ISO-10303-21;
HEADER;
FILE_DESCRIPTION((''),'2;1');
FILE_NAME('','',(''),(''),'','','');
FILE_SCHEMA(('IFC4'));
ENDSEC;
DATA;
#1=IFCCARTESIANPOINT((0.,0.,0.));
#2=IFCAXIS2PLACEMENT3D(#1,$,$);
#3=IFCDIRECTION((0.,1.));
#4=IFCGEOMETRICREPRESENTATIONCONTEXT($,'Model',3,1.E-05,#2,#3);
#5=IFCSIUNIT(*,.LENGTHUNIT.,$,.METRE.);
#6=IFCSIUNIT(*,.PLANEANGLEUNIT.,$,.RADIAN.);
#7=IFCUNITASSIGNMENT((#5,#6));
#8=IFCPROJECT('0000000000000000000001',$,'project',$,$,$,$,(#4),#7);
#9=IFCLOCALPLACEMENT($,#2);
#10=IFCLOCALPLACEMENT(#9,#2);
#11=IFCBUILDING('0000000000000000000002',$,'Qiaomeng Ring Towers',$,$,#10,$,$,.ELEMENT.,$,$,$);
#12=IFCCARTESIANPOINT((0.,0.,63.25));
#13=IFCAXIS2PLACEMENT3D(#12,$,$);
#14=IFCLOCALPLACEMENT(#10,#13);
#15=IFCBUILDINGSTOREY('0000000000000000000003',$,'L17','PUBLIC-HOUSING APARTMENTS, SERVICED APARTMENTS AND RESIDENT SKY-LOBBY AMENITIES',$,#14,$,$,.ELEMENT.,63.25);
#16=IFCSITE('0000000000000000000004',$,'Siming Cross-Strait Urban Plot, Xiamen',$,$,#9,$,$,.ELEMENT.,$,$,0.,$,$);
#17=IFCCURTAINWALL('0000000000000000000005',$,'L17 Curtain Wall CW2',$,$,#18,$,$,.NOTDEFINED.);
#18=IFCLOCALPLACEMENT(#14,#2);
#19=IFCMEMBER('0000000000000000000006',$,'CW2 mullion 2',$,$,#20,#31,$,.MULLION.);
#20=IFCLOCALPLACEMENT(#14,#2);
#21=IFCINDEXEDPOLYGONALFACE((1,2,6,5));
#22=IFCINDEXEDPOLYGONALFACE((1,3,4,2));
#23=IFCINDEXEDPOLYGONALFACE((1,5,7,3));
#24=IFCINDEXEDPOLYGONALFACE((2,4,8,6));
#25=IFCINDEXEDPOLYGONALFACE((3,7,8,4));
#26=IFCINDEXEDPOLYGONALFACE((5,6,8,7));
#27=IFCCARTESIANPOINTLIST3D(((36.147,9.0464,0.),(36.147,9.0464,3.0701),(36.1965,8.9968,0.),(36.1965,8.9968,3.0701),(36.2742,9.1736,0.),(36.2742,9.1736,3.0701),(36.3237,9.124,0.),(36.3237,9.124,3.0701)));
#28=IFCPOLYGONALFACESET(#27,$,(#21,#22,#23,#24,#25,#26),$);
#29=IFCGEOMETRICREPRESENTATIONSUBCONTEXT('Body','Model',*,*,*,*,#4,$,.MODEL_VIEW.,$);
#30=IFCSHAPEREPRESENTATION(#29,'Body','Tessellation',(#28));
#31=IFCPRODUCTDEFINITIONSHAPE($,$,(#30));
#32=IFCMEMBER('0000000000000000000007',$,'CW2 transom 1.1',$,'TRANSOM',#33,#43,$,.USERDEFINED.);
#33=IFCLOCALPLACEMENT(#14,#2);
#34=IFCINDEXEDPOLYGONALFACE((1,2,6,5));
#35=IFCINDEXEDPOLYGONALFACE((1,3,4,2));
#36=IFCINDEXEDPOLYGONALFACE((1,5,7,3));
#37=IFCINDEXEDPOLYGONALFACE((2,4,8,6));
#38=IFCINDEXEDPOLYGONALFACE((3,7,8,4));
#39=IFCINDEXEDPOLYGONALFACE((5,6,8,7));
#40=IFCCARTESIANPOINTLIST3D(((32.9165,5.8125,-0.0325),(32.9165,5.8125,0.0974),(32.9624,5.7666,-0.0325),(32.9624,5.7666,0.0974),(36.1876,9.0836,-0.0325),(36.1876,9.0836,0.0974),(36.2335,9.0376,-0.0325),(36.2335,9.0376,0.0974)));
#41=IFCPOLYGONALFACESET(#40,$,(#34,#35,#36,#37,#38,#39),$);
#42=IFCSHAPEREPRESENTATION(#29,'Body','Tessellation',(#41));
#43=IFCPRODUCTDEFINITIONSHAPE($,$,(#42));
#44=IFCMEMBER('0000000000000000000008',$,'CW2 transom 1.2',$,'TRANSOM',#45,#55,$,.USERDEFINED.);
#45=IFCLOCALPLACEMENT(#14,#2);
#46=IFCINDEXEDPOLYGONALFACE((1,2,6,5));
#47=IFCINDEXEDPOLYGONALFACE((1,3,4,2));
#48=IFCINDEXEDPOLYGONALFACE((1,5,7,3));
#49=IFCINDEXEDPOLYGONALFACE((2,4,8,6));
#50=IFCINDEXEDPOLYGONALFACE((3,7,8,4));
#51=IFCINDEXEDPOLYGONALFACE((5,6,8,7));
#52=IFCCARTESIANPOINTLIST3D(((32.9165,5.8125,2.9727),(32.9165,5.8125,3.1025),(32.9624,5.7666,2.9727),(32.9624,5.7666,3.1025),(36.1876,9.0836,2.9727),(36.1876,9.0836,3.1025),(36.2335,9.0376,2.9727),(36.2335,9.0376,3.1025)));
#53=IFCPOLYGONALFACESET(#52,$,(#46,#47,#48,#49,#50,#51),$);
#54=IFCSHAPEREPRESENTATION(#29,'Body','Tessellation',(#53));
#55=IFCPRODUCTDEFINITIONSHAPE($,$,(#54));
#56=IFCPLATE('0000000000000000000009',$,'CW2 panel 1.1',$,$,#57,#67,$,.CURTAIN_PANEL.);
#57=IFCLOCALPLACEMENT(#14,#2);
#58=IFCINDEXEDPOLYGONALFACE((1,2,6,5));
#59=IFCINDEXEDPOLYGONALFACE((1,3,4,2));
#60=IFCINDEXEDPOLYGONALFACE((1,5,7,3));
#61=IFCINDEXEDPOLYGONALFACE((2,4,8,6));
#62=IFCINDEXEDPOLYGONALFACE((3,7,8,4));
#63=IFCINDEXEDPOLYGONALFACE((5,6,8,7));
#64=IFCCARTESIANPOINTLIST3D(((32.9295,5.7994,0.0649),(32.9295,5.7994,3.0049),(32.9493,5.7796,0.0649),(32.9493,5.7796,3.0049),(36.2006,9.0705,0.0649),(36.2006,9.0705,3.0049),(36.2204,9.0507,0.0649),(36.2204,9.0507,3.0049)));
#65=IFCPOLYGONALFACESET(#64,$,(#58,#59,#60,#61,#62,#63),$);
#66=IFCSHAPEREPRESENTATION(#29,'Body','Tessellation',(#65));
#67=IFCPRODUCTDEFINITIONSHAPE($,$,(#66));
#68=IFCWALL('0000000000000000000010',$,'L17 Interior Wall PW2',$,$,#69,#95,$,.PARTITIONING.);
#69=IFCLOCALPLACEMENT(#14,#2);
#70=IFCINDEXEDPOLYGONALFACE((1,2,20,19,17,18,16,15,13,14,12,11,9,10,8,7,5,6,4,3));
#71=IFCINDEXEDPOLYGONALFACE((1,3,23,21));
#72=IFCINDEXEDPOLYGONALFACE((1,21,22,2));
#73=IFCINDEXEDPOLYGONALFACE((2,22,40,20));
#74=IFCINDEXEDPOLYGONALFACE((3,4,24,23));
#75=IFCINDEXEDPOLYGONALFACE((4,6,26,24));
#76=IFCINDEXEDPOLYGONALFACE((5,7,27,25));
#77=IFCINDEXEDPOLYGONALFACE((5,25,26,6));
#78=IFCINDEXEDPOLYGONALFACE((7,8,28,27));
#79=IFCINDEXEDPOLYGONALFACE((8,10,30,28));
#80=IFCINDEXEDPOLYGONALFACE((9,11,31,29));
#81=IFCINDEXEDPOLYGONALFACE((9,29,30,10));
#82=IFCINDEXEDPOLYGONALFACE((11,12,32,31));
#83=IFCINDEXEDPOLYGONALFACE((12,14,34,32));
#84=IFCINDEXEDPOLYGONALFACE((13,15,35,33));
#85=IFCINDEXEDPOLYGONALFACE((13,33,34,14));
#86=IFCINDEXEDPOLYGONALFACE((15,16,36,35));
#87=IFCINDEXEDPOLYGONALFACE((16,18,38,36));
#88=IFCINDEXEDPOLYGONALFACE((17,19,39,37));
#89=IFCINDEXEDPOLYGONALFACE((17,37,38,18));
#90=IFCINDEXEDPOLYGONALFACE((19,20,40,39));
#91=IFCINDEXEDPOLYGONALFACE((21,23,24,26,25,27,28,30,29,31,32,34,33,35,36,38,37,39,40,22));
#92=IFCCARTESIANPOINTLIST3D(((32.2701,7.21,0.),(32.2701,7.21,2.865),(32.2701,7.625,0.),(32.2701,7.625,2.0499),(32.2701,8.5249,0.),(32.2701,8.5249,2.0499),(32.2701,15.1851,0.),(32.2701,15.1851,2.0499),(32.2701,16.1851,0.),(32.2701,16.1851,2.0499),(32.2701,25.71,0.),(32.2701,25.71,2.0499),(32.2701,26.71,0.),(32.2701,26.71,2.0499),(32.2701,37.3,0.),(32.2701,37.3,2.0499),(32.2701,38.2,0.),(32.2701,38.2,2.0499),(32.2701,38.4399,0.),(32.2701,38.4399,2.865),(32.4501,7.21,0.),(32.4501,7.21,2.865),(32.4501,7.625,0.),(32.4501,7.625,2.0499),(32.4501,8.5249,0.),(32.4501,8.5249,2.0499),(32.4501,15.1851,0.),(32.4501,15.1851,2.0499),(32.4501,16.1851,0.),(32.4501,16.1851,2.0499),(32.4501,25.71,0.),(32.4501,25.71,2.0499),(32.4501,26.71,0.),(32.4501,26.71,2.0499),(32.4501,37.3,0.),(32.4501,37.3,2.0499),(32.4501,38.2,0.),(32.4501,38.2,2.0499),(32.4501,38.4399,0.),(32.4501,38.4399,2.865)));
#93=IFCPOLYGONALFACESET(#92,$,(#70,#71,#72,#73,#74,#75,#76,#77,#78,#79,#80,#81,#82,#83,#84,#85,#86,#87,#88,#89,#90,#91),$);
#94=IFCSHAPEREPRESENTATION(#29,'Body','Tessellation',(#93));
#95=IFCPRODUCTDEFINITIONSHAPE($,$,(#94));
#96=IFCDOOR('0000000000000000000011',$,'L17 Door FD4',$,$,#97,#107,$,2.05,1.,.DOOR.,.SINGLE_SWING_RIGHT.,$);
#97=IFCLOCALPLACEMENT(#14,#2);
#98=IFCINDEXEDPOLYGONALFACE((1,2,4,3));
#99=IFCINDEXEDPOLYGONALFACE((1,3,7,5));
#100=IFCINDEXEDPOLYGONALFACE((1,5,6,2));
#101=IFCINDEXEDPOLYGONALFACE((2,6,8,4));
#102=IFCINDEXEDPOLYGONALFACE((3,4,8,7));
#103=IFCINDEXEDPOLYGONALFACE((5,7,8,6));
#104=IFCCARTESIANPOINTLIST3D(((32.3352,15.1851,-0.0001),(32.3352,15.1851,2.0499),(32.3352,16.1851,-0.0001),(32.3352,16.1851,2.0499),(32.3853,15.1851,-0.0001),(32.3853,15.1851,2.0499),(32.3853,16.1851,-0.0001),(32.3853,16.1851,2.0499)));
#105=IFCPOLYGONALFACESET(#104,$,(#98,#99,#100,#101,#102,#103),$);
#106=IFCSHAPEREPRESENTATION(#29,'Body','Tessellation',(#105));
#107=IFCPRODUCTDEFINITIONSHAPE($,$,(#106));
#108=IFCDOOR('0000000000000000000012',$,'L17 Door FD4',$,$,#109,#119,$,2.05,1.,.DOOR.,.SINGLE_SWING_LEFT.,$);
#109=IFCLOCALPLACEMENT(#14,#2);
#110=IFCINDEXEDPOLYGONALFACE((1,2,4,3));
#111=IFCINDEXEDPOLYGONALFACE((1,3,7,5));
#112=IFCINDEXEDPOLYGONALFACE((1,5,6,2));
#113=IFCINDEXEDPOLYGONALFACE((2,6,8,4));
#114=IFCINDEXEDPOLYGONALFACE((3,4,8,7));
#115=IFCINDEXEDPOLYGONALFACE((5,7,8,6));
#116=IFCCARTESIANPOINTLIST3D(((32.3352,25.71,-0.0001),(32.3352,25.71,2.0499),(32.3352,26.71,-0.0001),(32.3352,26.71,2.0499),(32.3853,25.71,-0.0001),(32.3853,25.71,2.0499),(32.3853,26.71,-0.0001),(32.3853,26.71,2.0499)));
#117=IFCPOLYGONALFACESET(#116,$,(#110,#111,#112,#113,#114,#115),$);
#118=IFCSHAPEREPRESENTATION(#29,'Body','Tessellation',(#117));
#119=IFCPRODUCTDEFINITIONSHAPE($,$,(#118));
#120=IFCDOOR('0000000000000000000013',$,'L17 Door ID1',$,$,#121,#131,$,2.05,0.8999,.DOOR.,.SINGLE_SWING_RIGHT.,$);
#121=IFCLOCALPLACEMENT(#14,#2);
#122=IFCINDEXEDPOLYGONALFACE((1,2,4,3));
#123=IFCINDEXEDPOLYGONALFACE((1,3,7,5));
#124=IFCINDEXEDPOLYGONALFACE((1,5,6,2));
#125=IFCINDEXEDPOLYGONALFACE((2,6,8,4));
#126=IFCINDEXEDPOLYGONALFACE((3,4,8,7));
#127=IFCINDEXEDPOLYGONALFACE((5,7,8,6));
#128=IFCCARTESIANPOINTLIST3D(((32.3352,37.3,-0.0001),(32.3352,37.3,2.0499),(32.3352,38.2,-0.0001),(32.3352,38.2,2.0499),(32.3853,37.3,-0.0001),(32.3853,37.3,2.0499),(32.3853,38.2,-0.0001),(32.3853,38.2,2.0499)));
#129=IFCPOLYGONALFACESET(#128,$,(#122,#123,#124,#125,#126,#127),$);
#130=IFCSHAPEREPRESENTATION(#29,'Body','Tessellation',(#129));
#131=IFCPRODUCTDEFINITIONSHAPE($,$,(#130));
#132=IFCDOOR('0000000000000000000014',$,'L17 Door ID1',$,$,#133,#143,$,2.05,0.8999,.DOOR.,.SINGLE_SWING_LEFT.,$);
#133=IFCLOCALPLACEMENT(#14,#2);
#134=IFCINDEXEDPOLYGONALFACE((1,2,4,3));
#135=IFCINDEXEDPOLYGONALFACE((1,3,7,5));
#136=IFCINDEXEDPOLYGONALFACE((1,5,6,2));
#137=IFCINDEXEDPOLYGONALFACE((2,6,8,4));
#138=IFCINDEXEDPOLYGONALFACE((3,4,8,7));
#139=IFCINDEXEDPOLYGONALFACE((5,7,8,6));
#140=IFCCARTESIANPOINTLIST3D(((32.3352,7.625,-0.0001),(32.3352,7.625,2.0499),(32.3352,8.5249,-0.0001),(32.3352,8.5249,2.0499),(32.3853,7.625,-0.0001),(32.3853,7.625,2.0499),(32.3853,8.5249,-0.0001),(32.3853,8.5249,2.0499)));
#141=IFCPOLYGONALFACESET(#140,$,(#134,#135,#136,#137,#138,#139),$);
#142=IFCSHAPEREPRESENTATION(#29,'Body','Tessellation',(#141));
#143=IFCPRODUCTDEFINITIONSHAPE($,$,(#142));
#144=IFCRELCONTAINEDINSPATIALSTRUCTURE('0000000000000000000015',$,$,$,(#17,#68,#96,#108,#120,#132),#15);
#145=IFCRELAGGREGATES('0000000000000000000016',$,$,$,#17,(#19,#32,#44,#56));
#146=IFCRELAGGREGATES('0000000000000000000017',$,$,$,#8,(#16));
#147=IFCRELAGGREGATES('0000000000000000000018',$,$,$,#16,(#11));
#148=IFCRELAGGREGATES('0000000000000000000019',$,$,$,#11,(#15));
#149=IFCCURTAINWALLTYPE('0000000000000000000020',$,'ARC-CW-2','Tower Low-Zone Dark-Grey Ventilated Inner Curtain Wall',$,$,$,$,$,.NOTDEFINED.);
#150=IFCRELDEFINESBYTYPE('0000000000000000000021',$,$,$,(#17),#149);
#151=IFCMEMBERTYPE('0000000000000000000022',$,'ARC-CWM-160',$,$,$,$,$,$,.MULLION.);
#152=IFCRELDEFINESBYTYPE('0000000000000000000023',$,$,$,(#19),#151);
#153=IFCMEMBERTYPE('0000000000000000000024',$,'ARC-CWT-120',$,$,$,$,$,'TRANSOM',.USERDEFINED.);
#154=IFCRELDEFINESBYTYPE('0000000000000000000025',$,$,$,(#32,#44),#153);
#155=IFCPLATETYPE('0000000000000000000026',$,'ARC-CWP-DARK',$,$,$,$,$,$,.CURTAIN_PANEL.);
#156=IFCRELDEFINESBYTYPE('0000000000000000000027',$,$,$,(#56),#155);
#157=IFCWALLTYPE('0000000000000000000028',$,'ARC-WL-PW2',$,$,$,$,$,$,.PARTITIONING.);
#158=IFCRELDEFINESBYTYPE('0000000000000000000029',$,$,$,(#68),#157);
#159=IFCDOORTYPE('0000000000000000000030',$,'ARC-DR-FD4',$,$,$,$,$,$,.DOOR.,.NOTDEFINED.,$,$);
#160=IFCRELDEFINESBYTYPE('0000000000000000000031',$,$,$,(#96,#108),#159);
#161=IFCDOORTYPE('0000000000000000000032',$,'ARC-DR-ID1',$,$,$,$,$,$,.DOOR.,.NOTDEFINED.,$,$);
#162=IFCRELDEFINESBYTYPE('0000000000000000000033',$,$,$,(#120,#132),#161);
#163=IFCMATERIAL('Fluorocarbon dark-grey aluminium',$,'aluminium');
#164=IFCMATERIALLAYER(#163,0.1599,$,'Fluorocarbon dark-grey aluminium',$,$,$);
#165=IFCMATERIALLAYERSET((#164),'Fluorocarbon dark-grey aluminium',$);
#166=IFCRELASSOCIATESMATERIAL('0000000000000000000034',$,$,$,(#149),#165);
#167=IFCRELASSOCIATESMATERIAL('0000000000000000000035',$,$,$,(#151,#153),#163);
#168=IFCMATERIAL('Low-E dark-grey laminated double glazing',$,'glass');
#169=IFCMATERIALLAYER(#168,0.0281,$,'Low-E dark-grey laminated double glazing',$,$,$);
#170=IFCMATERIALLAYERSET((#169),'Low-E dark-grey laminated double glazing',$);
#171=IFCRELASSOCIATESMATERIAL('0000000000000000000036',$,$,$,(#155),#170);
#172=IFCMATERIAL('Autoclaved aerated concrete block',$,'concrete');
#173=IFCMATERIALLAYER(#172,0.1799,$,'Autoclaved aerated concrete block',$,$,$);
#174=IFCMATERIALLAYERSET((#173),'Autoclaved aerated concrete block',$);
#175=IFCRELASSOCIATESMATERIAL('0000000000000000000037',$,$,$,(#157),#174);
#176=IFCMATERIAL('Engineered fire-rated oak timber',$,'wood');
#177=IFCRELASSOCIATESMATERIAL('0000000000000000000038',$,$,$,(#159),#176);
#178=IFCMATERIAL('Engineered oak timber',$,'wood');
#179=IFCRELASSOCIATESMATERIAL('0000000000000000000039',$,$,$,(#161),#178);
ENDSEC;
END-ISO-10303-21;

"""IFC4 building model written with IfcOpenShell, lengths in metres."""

from ifc_helpers import new_model, si_unit, direction, frame, frame_2d, origin, origin_2d, place, context, subcontext, project, spatial, rectangle, extrude, source, transform, mapped, material, layer, layer_set, material_profile, profile_set, type_object, element, fill, aggregate, save


model = new_model("IFC4")

# Units and contexts
model_context = context("Model", 3, precision=1e-05, world=origin(), true_north=direction((0.0, 1.0)))
body_context = subcontext(model_context, "Body", "Model", "MODEL_VIEW")
ifc_project = project(units=[si_unit("LENGTHUNIT", "METRE"), si_unit("PLANEANGLEUNIT", "RADIAN")], contexts=[model_context])

# Site, building, storey
site_placement = place(None, origin())
site = spatial("IfcSite", under=ifc_project, at=site_placement, Name="Siming Cross-Strait Urban Plot, Xiamen", CompositionType="ELEMENT", RefElevation=0.0)
building_placement = place(site_placement, origin())
building = spatial("IfcBuilding", under=site, at=building_placement, Name="Qiaomeng Ring Towers", CompositionType="ELEMENT")
storey_placement = place(building_placement, frame((0.0, 0.0, 63.25)))
storey = spatial("IfcBuildingStorey", under=building, at=storey_placement, Name="L17", Description="PUBLIC-HOUSING APARTMENTS, SERVICED APARTMENTS AND RESIDENT SKY-LOBBY AMENITIES", CompositionType="ELEMENT", Elevation=63.25)

# Curtain wall, members, plate
ifc_material_1 = material(Name="Fluorocarbon dark-grey aluminium", Category="aluminium")
ifc_layer_1 = layer(ifc_material_1, 0.1599, Name="Fluorocarbon dark-grey aluminium")
ifc_layer_set_1 = layer_set([ifc_layer_1], Name="Fluorocarbon dark-grey aluminium")
curtain_wall_type = type_object("IfcCurtainWallType", Name="ARC-CW-2", Description="Tower Low-Zone Dark-Grey Ventilated Inner Curtain Wall", PredefinedType="NOTDEFINED", material=ifc_layer_set_1)
curtain_wall_placement = place(storey_placement, origin())
curtain_wall = element("IfcCurtainWall", 1, at=curtain_wall_placement, inside=storey, type_object=curtain_wall_type, Name="L17 Curtain Wall CW2", PredefinedType="NOTDEFINED")
ifc_material_profile_1 = material_profile(ifc_material_1, rectangle(XDim=0.0701, YDim=0.1799, at=origin_2d()), Name="ALU MULL 70x180")
ifc_profile_set_1 = profile_set([ifc_material_profile_1], Name="Fluorocarbon dark-grey aluminium")
member_type_1 = type_object("IfcMemberType", Name="ARC-CWM-160", PredefinedType="MULLION", material=ifc_profile_set_1)
shared_shape_1 = source(origin(), body_context, "Body", "SweptSolid", [
    extrude(rectangle(XDim=0.0701, YDim=0.1799, at=origin_2d()), origin(), (0.0, 0.0, 1.0), 3.0701),
])
member_1_placement = place(storey_placement, frame((36.2354, 9.0852, 0.0), z_axis=(0.0, 0.0, 1.0), x_axis=(-0.707107, 0.707107, 0.0)))
member_1 = element("IfcMember", 2, at=member_1_placement, type_object=member_type_1, Name="CW2 mullion 2", PredefinedType="MULLION", context=body_context, shape_type="MappedRepresentation", body=[
    mapped(shared_shape_1, transform((0.0, 0.0, 0.0), x_axis=(1.0, 0.0, 0.0), y_axis=(0.0, 1.0, 0.0), z_axis=(0.0, 0.0, 1.0), scale=1.0)),
])
ifc_material_profile_2 = material_profile(ifc_material_1, rectangle(XDim=0.0649, YDim=0.1299, at=origin_2d()), Name="ALU TRAN 65x130")
ifc_profile_set_2 = profile_set([ifc_material_profile_2], Name="Fluorocarbon dark-grey aluminium")
member_type_2 = type_object("IfcMemberType", Name="ARC-CWT-120", ElementType="TRANSOM", PredefinedType="USERDEFINED", material=ifc_profile_set_2)
shared_shape_2 = source(origin(), body_context, "Body", "SweptSolid", [
    extrude(rectangle(XDim=0.0649, YDim=0.1299, at=origin_2d()), origin(), (0.0, 0.0, 1.0), 4.626),
])
member_2_placement = place(storey_placement, frame((32.9395, 5.7896, 0.0325), z_axis=(0.707107, 0.707107, 0.0), x_axis=(-0.707107, 0.707107, 0.0)))
member_2 = element("IfcMember", 3, at=member_2_placement, type_object=member_type_2, Name="CW2 transom 1.1", ObjectType="TRANSOM", PredefinedType="USERDEFINED", context=body_context, shape_type="MappedRepresentation", body=[
    mapped(shared_shape_2, transform((0.0, 0.0, 0.0), x_axis=(1.0, 0.0, 0.0), y_axis=(0.0, 1.0, 0.0), z_axis=(0.0, 0.0, 1.0), scale=1.0)),
])
member_3_placement = place(storey_placement, frame((32.9395, 5.7896, 3.0376), z_axis=(0.707107, 0.707107, 0.0), x_axis=(-0.707107, 0.707107, 0.0)))
member_3 = element("IfcMember", 4, at=member_3_placement, type_object=member_type_2, Name="CW2 transom 1.2", ObjectType="TRANSOM", PredefinedType="USERDEFINED", context=body_context, shape_type="MappedRepresentation", body=[
    mapped(shared_shape_2, transform((0.0, 0.0, 0.0), x_axis=(1.0, 0.0, 0.0), y_axis=(0.0, 1.0, 0.0), z_axis=(0.0, 0.0, 1.0), scale=1.0)),
])
ifc_material_2 = material(Name="Low-E dark-grey laminated double glazing", Category="glass")
ifc_layer_2 = layer(ifc_material_2, 0.0281, Name="Low-E dark-grey laminated double glazing")
ifc_layer_set_2 = layer_set([ifc_layer_2], Name="Low-E dark-grey laminated double glazing")
plate_type = type_object("IfcPlateType", Name="ARC-CWP-DARK", PredefinedType="CURTAIN_PANEL", material=ifc_layer_set_2)
shared_shape_3 = source(origin(), body_context, "Body", "SweptSolid", [
    extrude(rectangle(XDim=4.626, YDim=0.0281, at=origin_2d()), origin(), (0.0, 0.0, 1.0), 2.9399),
])
plate_placement = place(storey_placement, frame((34.575, 7.425, 0.0649), z_axis=(0.0, 0.0, 1.0), x_axis=(0.707107, 0.707107, 0.0)))
plate = element("IfcPlate", 5, at=plate_placement, type_object=plate_type, Name="CW2 panel 1.1", PredefinedType="CURTAIN_PANEL", context=body_context, shape_type="MappedRepresentation", body=[
    mapped(shared_shape_3, transform((0.0, 0.0, 0.0), x_axis=(1.0, 0.0, 0.0), y_axis=(0.0, 1.0, 0.0), z_axis=(0.0, 0.0, 1.0), scale=1.0)),
])
aggregate(curtain_wall, [member_1, member_2, member_3, plate])

# Wall, openings, doors
ifc_material_3 = material(Name="Autoclaved aerated concrete block", Category="concrete")
ifc_layer_3 = layer(ifc_material_3, 0.1799, Name="Autoclaved aerated concrete block")
ifc_layer_set_3 = layer_set([ifc_layer_3], Name="Autoclaved aerated concrete block")
wall_type_1 = type_object("IfcWallType", Name="ARC-WL-PW2", PredefinedType="PARTITIONING", material=ifc_layer_set_3)
wall_1_placement = place(storey_placement, frame((32.3601, 7.21, 0.0), z_axis=(0.0, 0.0, 1.0), x_axis=(0.0, 1.0, 0.0)))
wall_1 = element("IfcWall", 6, at=wall_1_placement, inside=storey, type_object=wall_type_1, Name="L17 Interior Wall PW2", PredefinedType="PARTITIONING", context=body_context, shape_type="SweptSolid", body=[
    extrude(rectangle(XDim=31.23, YDim=0.1799, at=frame_2d((15.615, 0.0))), origin(), (0.0, 0.0, 1.0), 2.865),
])
opening_1_placement = place(wall_1_placement, frame((30.0901, 0.0, 0.0)))
opening_1 = element("IfcOpeningElement", 7, at=opening_1_placement, cuts=wall_1, PredefinedType="OPENING", context=body_context, shape_type="SweptSolid", body=[
    extrude(rectangle(XDim=0.8999, YDim=2.05, at=frame_2d((0.45, 1.0249))), frame((0.0, 0.0999, 0.0), z_axis=(0.0, -1.0, 0.0), x_axis=(1.0, 0.0, 0.0)), (0.0, 0.0, 1.0), 0.2),
])
opening_2_placement = place(wall_1_placement, frame((0.415, 0.0, 0.0)))
opening_2 = element("IfcOpeningElement", 8, at=opening_2_placement, cuts=wall_1, PredefinedType="OPENING", context=body_context, shape_type="SweptSolid", body=[
    extrude(rectangle(XDim=0.8999, YDim=2.05, at=frame_2d((0.45, 1.0249))), frame((0.0, 0.0999, 0.0), z_axis=(0.0, -1.0, 0.0), x_axis=(1.0, 0.0, 0.0)), (0.0, 0.0, 1.0), 0.2),
])
opening_3_placement = place(wall_1_placement, frame((7.9751, 0.0, 0.0)))
opening_3 = element("IfcOpeningElement", 9, at=opening_3_placement, cuts=wall_1, PredefinedType="OPENING", context=body_context, shape_type="SweptSolid", body=[
    extrude(rectangle(XDim=1.0, YDim=2.05, at=frame_2d((0.5, 1.0249))), frame((0.0, 0.0999, 0.0), z_axis=(0.0, -1.0, 0.0), x_axis=(1.0, 0.0, 0.0)), (0.0, 0.0, 1.0), 0.2),
])
opening_4_placement = place(wall_1_placement, frame((18.5, 0.0, 0.0)))
opening_4 = element("IfcOpeningElement", 10, at=opening_4_placement, cuts=wall_1, PredefinedType="OPENING", context=body_context, shape_type="SweptSolid", body=[
    extrude(rectangle(XDim=1.0, YDim=2.05, at=frame_2d((0.5, 1.0249))), frame((0.0, 0.0999, 0.0), z_axis=(0.0, -1.0, 0.0), x_axis=(1.0, 0.0, 0.0)), (0.0, 0.0, 1.0), 0.2),
])
ifc_material_4 = material(Name="Engineered fire-rated oak timber", Category="wood")
door_type_1 = type_object("IfcDoorType", Name="ARC-DR-FD4", OperationType="NOTDEFINED", PredefinedType="DOOR", material=ifc_material_4)
shared_shape_4 = source(origin(), body_context, "Body", "SweptSolid", [
    extrude(rectangle(XDim=1.0, YDim=2.05, at=frame_2d((0.5, 1.0249))), frame((0.0, 0.0249, 0.0), z_axis=(0.0, -1.0, 0.0), x_axis=(1.0, 0.0, 0.0)), (0.0, 0.0, 1.0), 0.05),
])
door_1_placement = place(opening_3_placement, origin())
door_1 = element("IfcDoor", 11, at=door_1_placement, inside=storey, type_object=door_type_1, Name="L17 Door FD4", OperationType="SINGLE_SWING_RIGHT", OverallHeight=2.05, OverallWidth=1.0, PredefinedType="DOOR", context=body_context, shape_type="MappedRepresentation", body=[
    mapped(shared_shape_4, transform((0.0, 0.0, 0.0), x_axis=(1.0, 0.0, 0.0), y_axis=(0.0, 1.0, 0.0), z_axis=(0.0, 0.0, 1.0), scale=1.0)),
])
fill(opening_3, door_1)
door_2_placement = place(opening_4_placement, origin())
door_2 = element("IfcDoor", 12, at=door_2_placement, inside=storey, type_object=door_type_1, Name="L17 Door FD4", OperationType="SINGLE_SWING_LEFT", OverallHeight=2.05, OverallWidth=1.0, PredefinedType="DOOR", context=body_context, shape_type="MappedRepresentation", body=[
    mapped(shared_shape_4, transform((0.0, 0.0, 0.0), x_axis=(1.0, 0.0, 0.0), y_axis=(0.0, 1.0, 0.0), z_axis=(0.0, 0.0, 1.0), scale=1.0)),
])
fill(opening_4, door_2)
ifc_material_5 = material(Name="Engineered oak timber", Category="wood")
door_type_2 = type_object("IfcDoorType", Name="ARC-DR-ID1", OperationType="NOTDEFINED", PredefinedType="DOOR", material=ifc_material_5)
shared_shape_5 = source(origin(), body_context, "Body", "SweptSolid", [
    extrude(rectangle(XDim=0.8999, YDim=2.05, at=frame_2d((0.45, 1.0249))), frame((0.0, 0.0249, 0.0), z_axis=(0.0, -1.0, 0.0), x_axis=(1.0, 0.0, 0.0)), (0.0, 0.0, 1.0), 0.05),
])
door_3_placement = place(opening_1_placement, origin())
door_3 = element("IfcDoor", 13, at=door_3_placement, inside=storey, type_object=door_type_2, Name="L17 Door ID1", OperationType="SINGLE_SWING_RIGHT", OverallHeight=2.05, OverallWidth=0.8999, PredefinedType="DOOR", context=body_context, shape_type="MappedRepresentation", body=[
    mapped(shared_shape_5, transform((0.0, 0.0, 0.0), x_axis=(1.0, 0.0, 0.0), y_axis=(0.0, 1.0, 0.0), z_axis=(0.0, 0.0, 1.0), scale=1.0)),
])
fill(opening_1, door_3)
door_4_placement = place(opening_2_placement, origin())
door_4 = element("IfcDoor", 14, at=door_4_placement, inside=storey, type_object=door_type_2, Name="L17 Door ID1", OperationType="SINGLE_SWING_LEFT", OverallHeight=2.05, OverallWidth=0.8999, PredefinedType="DOOR", context=body_context, shape_type="MappedRepresentation", body=[
    mapped(shared_shape_5, transform((0.0, 0.0, 0.0), x_axis=(1.0, 0.0, 0.0), y_axis=(0.0, 1.0, 0.0), z_axis=(0.0, 0.0, 1.0), scale=1.0)),
])
fill(opening_2, door_4)

save(model, "model.ifc")
